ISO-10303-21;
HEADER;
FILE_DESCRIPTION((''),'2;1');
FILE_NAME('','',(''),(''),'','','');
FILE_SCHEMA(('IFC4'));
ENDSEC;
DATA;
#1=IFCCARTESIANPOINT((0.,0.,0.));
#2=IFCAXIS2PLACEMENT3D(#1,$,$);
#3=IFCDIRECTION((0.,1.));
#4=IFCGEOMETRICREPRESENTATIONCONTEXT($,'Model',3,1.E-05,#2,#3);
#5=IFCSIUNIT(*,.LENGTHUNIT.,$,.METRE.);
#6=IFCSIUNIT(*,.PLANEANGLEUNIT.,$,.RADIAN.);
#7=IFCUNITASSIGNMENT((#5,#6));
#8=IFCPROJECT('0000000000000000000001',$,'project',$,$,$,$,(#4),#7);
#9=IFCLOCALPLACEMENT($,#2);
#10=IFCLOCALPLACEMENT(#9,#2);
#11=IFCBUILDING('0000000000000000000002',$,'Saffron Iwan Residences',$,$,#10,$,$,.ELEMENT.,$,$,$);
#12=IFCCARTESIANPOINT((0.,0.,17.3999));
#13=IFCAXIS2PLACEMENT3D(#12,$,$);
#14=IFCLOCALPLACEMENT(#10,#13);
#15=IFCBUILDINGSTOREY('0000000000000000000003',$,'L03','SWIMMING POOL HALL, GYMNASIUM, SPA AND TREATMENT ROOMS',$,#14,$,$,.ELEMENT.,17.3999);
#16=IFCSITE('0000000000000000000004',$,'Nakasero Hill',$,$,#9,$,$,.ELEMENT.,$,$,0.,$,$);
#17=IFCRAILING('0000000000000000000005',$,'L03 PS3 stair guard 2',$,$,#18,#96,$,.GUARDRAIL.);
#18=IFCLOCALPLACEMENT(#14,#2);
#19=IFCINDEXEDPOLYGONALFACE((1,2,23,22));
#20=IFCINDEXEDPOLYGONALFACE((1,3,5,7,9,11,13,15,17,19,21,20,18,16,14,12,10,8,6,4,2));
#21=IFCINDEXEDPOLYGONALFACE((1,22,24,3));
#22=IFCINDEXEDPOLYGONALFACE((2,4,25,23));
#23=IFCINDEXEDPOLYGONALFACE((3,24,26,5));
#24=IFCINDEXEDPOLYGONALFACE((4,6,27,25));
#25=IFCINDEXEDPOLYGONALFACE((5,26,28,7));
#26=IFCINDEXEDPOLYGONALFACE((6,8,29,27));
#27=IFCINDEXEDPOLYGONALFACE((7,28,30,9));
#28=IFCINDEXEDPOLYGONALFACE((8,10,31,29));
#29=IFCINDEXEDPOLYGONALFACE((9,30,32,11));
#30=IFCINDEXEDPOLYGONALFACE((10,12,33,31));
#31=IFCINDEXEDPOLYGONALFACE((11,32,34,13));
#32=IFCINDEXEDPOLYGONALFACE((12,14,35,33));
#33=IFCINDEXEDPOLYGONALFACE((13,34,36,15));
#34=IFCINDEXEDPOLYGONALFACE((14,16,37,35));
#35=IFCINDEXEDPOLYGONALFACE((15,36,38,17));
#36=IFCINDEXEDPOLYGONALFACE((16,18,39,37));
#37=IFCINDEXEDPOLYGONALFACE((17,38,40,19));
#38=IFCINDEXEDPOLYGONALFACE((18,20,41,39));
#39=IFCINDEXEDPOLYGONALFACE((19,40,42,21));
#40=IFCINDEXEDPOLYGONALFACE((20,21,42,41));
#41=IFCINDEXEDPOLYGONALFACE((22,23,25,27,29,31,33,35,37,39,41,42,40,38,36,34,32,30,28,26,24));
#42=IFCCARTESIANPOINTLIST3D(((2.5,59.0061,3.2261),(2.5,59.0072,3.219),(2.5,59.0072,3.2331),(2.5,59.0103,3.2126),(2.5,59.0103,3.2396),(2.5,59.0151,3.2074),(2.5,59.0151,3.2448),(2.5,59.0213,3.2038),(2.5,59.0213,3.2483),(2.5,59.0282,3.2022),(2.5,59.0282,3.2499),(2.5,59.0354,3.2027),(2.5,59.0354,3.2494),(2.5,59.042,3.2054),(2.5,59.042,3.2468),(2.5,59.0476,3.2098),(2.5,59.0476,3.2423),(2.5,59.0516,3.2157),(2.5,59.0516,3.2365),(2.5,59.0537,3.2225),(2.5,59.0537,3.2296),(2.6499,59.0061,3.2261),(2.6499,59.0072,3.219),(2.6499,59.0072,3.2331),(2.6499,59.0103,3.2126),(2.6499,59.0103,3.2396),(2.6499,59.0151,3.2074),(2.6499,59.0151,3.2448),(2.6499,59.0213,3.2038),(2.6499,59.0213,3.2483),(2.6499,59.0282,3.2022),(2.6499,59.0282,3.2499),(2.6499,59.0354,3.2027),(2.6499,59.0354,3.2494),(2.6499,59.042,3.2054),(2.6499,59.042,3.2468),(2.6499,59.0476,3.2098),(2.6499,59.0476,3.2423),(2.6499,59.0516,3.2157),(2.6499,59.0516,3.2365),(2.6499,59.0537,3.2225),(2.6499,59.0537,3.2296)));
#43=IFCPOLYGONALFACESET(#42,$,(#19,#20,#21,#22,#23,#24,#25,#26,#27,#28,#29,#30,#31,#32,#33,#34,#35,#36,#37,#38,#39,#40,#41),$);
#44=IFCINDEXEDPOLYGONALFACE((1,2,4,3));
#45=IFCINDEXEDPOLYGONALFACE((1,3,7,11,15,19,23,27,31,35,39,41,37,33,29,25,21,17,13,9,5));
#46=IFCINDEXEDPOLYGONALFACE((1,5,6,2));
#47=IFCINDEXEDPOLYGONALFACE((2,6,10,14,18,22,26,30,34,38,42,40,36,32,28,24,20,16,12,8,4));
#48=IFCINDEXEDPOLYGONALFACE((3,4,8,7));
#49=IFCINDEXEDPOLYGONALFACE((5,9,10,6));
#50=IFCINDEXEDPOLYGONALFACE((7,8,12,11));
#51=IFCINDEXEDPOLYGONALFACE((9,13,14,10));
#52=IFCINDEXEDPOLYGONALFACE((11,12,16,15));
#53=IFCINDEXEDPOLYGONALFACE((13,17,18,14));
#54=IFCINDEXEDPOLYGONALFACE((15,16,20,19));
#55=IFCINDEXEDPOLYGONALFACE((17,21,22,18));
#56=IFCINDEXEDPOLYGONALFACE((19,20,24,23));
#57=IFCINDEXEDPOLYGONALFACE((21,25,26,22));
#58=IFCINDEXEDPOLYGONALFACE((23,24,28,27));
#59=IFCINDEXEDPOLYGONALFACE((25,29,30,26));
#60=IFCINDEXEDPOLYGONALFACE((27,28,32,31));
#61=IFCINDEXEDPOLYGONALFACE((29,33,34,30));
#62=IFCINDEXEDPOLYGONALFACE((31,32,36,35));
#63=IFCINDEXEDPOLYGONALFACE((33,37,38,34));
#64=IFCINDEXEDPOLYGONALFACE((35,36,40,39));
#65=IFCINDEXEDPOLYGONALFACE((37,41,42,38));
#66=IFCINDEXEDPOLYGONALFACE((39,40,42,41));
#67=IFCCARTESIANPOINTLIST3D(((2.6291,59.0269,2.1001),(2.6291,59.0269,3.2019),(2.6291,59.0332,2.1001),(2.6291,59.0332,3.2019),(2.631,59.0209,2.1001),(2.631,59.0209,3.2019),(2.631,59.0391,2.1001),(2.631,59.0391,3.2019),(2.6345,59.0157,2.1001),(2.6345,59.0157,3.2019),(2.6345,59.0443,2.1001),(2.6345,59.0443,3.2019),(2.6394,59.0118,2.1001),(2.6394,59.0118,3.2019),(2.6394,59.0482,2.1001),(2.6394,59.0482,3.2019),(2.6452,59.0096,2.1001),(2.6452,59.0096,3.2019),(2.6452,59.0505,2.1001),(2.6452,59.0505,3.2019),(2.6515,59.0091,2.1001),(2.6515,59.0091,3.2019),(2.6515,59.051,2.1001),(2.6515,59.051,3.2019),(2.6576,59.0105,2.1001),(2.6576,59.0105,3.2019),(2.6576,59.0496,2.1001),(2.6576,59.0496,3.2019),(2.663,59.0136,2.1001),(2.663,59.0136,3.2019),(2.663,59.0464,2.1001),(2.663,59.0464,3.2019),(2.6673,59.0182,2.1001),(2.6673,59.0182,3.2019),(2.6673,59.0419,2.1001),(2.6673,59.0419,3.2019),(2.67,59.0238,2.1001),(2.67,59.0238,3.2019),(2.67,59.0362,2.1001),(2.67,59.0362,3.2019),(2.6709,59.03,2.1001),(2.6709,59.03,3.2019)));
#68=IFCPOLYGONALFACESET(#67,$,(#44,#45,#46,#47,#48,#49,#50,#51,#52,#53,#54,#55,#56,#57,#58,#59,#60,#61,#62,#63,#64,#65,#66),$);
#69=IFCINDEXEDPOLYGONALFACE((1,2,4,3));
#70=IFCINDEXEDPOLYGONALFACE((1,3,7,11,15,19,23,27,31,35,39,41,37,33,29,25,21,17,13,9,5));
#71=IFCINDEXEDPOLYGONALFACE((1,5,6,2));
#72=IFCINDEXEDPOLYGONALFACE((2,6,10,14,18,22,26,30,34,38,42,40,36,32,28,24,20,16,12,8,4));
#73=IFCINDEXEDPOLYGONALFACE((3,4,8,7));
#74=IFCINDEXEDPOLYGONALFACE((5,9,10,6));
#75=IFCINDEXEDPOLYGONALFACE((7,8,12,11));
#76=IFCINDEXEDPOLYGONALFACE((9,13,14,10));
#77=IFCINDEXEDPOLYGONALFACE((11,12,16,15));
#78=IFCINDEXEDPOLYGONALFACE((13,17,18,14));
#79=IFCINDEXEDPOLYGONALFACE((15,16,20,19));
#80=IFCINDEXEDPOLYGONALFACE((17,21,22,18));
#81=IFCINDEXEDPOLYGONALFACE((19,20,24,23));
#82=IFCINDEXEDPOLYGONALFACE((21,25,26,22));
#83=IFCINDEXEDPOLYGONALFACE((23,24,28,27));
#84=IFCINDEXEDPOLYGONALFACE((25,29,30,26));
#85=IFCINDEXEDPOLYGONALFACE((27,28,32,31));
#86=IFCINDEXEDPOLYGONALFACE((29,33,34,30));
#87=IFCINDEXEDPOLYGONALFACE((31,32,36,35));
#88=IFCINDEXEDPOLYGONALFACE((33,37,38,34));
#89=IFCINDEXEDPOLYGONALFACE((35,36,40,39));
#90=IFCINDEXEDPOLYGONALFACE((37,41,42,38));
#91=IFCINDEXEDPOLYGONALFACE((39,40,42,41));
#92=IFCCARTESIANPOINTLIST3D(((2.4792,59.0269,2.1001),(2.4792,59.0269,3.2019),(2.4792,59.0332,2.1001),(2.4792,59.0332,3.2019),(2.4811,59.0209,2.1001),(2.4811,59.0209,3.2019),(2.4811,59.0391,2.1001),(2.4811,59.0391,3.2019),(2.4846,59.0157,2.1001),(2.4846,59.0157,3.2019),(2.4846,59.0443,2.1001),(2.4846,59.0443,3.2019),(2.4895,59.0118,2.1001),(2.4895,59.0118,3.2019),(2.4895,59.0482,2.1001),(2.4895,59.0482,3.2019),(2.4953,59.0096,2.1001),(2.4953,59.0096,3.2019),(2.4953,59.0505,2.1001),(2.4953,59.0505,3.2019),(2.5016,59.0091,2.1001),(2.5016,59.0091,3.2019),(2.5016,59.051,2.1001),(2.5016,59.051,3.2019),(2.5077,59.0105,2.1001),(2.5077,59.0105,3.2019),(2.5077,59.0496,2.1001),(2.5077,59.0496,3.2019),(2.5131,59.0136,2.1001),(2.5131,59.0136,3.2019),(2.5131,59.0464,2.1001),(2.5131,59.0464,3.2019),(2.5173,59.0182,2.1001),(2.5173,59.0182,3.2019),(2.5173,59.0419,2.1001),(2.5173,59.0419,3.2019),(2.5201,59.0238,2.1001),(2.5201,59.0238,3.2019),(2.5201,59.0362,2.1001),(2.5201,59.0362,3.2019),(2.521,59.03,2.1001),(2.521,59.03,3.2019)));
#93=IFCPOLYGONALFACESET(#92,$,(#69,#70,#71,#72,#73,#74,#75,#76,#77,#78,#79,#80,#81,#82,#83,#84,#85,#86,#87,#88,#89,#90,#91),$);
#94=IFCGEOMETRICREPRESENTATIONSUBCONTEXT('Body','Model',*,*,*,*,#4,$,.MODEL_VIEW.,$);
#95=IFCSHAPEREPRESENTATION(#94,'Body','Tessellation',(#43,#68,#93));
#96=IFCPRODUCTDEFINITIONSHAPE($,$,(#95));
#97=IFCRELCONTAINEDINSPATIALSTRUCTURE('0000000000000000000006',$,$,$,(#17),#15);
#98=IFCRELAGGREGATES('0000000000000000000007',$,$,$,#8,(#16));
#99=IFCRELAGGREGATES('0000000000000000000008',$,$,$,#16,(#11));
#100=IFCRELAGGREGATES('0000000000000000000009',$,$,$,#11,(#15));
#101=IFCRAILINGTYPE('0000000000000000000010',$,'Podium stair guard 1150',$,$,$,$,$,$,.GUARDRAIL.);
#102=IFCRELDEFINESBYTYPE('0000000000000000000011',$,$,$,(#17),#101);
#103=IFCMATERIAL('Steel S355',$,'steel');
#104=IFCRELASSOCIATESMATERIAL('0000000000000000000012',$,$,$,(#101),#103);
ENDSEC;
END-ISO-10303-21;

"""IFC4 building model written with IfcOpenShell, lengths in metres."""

from ifc_helpers import new_model, si_unit, direction, frame, origin, origin_2d, place, context, subcontext, project, spatial, circle, extrude, material, type_object, element, save


model = new_model("IFC4")

# Units and contexts
model_context = context("Model", 3, precision=1e-05, world=origin(), true_north=direction((0.0, 1.0)))
body_context = subcontext(model_context, "Body", "Model", "MODEL_VIEW")
ifc_project = project(units=[si_unit("LENGTHUNIT", "METRE"), si_unit("PLANEANGLEUNIT", "RADIAN")], contexts=[model_context])

# Site, building, storey
site_placement = place(None, origin())
site = spatial("IfcSite", under=ifc_project, at=site_placement, Name="Nakasero Hill", CompositionType="ELEMENT", RefElevation=0.0)
building_placement = place(site_placement, origin())
building = spatial("IfcBuilding", under=site, at=building_placement, Name="Saffron Iwan Residences", CompositionType="ELEMENT")
storey_placement = place(building_placement, frame((0.0, 0.0, 17.3999)))
storey = spatial("IfcBuildingStorey", under=building, at=storey_placement, Name="L03", Description="SWIMMING POOL HALL, GYMNASIUM, SPA AND TREATMENT ROOMS", CompositionType="ELEMENT", Elevation=17.3999)

# Railing
ifc_material_1 = material(Name="Steel S355", Category="steel")
railing_type_1 = type_object("IfcRailingType", Name="Podium stair guard 1150", PredefinedType="GUARDRAIL", material=ifc_material_1)
railing_1_placement = place(storey_placement, frame((2.6499, 59.03, 2.1001)))
element("IfcRailing", 1, at=railing_1_placement, inside=storey, type_object=railing_type_1, Name="L03 PS3 stair guard 2", PredefinedType="GUARDRAIL", context=body_context, shape_type="SweptSolid", body=[
    extrude(circle(Radius=0.0239, at=origin_2d()), frame((0.0, 0.0, 1.126), z_axis=(-1.0, 0.0, 0.0), x_axis=(0.0, -1.0, 0.0)), (0.0, 0.0, 1.0), 0.1499),
    extrude(circle(Radius=0.021, at=origin_2d()), origin(), (0.0, 0.0, 1.0), 1.1018),
    extrude(circle(Radius=0.021, at=origin_2d()), frame((-0.1499, 0.0, 0.0)), (0.0, 0.0, 1.0), 1.1018),
])

save(model, "model.ifc")
